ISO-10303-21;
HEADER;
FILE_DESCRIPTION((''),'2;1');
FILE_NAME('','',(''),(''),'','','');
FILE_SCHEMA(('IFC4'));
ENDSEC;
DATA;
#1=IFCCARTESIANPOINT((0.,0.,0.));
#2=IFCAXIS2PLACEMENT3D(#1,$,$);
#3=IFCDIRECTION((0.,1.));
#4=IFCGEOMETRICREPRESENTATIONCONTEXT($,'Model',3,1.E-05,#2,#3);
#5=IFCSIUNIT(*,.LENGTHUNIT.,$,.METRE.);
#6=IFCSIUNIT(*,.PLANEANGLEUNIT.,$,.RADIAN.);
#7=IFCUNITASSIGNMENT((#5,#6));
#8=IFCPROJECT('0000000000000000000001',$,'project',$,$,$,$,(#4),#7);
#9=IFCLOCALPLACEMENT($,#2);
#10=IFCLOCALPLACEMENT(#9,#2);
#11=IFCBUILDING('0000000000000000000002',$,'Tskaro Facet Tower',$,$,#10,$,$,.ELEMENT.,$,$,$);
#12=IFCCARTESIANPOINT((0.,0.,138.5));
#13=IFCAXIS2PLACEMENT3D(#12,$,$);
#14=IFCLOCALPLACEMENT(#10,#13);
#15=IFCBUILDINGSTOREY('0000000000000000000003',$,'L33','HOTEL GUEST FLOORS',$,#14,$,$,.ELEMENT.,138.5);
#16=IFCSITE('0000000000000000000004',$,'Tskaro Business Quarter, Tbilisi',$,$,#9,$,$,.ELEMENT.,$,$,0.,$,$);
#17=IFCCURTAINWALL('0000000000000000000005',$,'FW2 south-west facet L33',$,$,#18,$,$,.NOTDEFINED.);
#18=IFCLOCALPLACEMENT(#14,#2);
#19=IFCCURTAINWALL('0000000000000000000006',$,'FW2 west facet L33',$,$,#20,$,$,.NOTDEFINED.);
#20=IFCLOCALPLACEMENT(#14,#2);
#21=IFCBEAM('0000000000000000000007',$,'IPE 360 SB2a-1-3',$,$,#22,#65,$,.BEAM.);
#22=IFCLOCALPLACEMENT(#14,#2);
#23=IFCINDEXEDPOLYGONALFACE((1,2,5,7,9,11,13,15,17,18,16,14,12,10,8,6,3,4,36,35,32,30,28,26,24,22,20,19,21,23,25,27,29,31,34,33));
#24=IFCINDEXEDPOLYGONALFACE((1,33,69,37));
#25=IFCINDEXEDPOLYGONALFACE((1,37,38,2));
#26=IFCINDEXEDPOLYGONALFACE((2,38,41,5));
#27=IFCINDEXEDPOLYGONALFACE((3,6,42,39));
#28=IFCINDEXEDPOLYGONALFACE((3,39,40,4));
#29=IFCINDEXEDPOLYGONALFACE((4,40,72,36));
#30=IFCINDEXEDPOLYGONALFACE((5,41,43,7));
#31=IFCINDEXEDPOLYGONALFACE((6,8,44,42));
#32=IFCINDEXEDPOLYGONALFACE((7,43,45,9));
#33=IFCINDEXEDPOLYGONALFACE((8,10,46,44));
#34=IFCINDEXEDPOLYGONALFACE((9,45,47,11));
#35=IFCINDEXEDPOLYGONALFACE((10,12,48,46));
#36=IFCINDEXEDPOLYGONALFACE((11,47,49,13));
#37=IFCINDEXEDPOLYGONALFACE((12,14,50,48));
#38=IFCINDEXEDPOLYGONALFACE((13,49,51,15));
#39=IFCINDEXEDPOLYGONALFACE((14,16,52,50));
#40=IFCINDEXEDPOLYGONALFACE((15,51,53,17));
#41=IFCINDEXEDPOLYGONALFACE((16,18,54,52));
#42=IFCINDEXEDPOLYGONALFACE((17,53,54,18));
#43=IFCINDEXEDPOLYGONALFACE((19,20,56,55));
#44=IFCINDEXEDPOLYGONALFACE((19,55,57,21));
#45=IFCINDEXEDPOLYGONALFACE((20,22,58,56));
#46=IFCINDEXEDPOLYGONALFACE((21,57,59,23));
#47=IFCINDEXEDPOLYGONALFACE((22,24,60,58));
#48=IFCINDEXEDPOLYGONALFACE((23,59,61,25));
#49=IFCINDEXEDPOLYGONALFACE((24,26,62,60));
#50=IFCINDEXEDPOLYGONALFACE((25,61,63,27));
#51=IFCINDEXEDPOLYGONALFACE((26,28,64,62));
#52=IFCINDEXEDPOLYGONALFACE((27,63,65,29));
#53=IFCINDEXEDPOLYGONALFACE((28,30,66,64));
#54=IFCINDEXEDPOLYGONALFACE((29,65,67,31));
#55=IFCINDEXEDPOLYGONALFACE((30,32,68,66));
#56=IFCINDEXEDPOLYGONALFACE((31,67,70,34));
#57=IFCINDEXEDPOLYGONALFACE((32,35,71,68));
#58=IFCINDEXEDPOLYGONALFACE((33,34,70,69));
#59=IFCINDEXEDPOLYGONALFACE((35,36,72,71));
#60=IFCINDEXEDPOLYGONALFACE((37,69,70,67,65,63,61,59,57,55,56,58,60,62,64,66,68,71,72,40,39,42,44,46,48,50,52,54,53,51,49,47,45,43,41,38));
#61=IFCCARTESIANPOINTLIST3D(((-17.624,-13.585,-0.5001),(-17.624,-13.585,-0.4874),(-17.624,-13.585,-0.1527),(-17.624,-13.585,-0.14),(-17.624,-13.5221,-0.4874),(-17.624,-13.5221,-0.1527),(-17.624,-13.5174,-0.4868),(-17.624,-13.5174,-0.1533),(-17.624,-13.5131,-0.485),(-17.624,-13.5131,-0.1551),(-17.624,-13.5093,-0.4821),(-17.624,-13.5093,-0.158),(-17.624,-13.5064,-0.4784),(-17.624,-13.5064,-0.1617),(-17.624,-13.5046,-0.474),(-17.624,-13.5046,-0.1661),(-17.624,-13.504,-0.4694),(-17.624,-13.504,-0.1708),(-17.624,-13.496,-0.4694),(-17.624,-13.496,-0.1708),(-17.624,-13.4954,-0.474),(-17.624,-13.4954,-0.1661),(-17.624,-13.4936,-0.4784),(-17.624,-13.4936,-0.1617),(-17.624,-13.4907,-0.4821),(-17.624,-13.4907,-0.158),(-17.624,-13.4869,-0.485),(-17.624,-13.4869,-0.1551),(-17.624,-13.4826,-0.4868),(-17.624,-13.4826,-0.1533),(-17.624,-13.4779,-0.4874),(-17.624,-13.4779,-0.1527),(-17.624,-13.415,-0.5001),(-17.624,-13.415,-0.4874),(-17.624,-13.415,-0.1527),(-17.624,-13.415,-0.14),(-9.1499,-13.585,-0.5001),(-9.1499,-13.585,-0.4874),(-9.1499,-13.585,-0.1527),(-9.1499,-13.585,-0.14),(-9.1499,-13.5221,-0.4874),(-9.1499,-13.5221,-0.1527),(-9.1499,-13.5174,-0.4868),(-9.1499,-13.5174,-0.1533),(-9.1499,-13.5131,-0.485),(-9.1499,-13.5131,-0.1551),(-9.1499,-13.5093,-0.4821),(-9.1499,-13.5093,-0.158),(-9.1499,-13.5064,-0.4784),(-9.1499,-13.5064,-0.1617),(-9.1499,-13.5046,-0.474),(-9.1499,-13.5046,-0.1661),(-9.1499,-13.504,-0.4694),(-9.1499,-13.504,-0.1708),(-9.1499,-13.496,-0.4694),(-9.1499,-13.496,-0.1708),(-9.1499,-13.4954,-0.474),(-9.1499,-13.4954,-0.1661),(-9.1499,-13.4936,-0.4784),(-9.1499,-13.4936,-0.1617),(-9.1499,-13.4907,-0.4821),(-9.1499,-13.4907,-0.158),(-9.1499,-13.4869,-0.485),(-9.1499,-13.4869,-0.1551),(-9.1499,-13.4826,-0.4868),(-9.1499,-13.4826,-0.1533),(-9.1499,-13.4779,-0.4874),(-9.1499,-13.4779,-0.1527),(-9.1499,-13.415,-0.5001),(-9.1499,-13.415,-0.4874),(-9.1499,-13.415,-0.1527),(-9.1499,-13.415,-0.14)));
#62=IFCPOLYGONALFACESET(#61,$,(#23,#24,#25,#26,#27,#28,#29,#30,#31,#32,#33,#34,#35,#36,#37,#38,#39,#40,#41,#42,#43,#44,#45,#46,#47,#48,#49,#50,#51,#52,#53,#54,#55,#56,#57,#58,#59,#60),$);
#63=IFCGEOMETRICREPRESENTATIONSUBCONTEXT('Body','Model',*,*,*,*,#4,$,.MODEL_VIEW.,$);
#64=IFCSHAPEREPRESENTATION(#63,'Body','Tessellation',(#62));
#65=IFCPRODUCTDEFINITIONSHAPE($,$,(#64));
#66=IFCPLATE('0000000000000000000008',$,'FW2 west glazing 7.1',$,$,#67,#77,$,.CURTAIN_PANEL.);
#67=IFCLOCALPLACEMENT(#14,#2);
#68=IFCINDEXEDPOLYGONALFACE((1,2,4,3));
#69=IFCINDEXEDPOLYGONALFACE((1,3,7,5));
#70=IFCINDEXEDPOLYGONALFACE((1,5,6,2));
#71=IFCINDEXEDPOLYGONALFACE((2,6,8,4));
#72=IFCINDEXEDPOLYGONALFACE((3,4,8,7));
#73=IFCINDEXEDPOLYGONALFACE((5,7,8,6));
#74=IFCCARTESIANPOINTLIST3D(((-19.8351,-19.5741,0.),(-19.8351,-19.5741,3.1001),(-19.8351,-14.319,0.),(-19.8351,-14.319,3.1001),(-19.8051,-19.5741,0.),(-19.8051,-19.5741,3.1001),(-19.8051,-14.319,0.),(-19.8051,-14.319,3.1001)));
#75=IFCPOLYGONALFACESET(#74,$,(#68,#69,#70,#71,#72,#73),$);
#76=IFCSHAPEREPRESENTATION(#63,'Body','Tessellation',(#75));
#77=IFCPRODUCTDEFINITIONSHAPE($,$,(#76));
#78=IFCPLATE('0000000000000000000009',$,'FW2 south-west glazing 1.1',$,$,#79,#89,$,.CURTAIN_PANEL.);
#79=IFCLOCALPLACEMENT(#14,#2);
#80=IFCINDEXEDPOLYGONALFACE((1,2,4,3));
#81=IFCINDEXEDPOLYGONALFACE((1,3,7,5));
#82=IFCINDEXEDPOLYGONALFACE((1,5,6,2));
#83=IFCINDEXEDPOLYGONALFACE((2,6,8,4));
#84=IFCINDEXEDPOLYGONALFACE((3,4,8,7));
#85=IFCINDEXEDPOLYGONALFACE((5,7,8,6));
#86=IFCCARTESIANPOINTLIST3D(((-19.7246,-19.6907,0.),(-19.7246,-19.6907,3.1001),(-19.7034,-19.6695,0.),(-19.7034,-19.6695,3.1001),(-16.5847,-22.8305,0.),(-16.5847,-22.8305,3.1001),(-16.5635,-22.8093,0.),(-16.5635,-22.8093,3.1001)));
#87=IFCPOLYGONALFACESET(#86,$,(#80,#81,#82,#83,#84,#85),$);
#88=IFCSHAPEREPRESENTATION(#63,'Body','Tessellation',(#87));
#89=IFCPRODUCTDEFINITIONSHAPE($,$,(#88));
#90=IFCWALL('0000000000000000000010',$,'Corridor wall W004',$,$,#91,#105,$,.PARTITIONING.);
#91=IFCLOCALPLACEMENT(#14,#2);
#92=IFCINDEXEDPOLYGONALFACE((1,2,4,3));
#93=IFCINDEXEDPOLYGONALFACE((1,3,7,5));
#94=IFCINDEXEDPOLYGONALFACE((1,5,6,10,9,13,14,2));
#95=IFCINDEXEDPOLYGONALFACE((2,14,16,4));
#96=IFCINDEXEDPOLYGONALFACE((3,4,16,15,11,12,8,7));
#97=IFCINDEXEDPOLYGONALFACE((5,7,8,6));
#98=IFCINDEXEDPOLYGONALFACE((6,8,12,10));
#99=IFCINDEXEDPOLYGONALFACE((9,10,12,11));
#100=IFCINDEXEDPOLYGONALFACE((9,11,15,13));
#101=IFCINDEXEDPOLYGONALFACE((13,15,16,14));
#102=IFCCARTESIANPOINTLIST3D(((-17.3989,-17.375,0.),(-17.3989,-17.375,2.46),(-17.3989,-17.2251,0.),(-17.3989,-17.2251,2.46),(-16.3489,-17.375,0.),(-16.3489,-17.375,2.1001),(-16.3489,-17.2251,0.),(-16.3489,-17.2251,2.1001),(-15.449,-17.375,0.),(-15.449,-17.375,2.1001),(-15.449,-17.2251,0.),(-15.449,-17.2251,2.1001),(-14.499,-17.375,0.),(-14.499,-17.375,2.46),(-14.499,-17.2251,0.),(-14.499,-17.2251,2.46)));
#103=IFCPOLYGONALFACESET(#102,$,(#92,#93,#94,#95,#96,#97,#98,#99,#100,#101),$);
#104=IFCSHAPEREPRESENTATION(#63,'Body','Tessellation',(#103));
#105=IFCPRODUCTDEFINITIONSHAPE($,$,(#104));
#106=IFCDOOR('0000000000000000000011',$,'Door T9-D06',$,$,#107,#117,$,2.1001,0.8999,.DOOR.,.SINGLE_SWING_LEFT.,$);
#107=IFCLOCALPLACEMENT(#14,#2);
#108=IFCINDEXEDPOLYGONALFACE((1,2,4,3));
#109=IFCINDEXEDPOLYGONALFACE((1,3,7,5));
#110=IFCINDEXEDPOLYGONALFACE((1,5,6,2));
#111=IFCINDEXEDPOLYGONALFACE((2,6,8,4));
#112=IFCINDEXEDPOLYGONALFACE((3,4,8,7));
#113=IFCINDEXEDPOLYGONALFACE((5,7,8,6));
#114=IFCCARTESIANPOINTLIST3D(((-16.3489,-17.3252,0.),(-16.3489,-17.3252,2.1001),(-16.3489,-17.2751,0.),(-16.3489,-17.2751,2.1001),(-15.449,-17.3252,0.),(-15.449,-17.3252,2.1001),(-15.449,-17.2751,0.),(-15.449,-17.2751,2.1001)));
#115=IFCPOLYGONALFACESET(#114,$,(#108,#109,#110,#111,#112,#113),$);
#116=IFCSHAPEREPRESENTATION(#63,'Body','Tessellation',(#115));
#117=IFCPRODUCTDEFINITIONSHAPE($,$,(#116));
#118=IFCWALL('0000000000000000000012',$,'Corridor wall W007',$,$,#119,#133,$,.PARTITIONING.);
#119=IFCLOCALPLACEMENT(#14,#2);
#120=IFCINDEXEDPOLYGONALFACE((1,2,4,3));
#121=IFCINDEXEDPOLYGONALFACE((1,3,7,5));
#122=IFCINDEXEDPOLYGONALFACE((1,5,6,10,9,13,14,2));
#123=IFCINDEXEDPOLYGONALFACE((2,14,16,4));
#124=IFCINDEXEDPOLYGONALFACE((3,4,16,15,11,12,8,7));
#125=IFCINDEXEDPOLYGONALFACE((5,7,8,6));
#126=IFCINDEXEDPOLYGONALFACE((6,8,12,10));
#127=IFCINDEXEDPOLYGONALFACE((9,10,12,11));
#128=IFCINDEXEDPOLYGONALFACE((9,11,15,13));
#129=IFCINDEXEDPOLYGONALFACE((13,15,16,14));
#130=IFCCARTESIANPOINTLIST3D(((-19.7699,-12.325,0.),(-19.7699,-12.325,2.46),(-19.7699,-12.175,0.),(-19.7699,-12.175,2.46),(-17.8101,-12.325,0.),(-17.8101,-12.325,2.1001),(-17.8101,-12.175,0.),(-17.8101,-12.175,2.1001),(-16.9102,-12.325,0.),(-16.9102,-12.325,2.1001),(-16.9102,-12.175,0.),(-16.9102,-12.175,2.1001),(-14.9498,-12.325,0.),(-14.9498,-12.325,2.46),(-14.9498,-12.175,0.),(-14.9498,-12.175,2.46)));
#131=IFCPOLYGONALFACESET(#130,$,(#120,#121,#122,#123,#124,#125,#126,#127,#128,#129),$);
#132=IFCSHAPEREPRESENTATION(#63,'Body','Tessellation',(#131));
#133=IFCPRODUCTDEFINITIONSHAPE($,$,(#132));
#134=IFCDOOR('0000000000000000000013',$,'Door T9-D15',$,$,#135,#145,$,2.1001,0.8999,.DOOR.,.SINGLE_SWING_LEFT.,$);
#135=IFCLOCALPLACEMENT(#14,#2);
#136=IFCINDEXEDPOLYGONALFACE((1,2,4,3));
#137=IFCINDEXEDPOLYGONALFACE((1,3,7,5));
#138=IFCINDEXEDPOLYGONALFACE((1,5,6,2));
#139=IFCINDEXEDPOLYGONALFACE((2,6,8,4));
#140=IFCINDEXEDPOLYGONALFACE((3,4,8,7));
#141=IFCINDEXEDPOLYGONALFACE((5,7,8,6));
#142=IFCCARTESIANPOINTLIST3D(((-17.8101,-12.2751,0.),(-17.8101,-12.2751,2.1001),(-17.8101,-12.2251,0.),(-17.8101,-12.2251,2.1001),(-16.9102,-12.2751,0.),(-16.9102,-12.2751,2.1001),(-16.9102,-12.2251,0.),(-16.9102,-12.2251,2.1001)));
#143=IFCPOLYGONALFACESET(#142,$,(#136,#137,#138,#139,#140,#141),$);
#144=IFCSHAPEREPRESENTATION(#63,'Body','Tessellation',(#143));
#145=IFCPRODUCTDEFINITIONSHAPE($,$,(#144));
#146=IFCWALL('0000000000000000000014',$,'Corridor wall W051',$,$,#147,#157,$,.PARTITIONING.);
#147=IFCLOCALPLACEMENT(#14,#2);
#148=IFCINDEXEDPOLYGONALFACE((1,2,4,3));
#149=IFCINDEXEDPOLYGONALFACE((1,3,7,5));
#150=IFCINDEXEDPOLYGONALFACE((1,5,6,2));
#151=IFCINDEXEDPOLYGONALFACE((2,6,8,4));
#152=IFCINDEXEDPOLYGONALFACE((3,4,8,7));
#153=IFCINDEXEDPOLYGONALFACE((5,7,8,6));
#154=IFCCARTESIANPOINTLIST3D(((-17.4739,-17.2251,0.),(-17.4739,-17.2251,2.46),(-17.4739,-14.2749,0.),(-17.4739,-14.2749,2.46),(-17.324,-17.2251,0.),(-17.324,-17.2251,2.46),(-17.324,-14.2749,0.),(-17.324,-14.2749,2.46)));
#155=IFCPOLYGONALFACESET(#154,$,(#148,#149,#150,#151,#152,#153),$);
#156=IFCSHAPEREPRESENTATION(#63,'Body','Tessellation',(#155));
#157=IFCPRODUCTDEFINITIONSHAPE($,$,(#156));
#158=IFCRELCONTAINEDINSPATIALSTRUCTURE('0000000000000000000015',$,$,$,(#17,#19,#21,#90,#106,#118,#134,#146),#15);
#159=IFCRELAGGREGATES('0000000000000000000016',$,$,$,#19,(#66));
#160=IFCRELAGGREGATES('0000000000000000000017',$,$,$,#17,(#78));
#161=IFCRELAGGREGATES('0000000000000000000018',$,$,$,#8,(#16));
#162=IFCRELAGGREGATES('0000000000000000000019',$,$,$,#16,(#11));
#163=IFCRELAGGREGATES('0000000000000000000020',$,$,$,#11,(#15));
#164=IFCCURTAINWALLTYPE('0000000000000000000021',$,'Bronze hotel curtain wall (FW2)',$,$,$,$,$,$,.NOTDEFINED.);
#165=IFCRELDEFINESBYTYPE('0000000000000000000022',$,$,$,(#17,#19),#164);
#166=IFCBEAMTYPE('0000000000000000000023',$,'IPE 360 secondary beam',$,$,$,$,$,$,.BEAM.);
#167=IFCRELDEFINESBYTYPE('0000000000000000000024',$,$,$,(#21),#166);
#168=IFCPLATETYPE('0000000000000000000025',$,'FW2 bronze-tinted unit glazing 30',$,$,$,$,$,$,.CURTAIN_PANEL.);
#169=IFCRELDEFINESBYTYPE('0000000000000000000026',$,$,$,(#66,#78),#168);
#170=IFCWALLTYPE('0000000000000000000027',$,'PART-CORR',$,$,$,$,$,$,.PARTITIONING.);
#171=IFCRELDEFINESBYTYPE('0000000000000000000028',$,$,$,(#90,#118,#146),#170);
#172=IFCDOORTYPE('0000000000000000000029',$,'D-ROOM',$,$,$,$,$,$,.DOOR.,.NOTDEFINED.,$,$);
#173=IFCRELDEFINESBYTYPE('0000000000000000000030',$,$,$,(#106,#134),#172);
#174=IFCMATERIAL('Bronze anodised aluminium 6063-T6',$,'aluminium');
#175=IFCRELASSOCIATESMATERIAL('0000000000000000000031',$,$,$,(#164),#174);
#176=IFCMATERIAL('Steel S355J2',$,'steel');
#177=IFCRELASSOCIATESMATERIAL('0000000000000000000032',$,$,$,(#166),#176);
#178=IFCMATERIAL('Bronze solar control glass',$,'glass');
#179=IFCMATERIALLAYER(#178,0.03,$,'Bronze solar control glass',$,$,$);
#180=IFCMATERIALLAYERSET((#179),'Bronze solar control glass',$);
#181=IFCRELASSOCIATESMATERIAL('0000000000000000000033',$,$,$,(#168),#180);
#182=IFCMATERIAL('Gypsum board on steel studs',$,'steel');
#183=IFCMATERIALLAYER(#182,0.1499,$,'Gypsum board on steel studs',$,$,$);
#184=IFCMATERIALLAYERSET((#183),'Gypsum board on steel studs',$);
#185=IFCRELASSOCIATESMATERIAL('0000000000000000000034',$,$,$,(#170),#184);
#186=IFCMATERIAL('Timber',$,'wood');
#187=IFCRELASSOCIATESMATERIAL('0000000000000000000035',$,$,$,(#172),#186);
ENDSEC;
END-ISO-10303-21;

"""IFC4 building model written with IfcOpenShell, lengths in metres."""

from ifc_helpers import new_model, si_unit, direction, frame, frame_2d, origin, origin_2d, place, context, subcontext, project, spatial, rectangle, i_section, extrude, material, layer, layer_set, material_profile, profile_set, type_object, element, fill, aggregate, save


model = new_model("IFC4")

# Units and contexts
model_context = context("Model", 3, precision=1e-05, world=origin(), true_north=direction((0.0, 1.0)))
body_context = subcontext(model_context, "Body", "Model", "MODEL_VIEW")
ifc_project = project(units=[si_unit("LENGTHUNIT", "METRE"), si_unit("PLANEANGLEUNIT", "RADIAN")], contexts=[model_context])

# Site, building, storey
site_placement = place(None, origin())
site = spatial("IfcSite", under=ifc_project, at=site_placement, Name="Tskaro Business Quarter, Tbilisi", CompositionType="ELEMENT", RefElevation=0.0)
building_placement = place(site_placement, origin())
building = spatial("IfcBuilding", under=site, at=building_placement, Name="Tskaro Facet Tower", CompositionType="ELEMENT")
storey_placement = place(building_placement, frame((0.0, 0.0, 138.5)))
storey = spatial("IfcBuildingStorey", under=building, at=storey_placement, Name="L33", Description="HOTEL GUEST FLOORS", CompositionType="ELEMENT", Elevation=138.5)

# Curtain walls
ifc_material_1 = material(Name="Bronze anodised aluminium 6063-T6", Category="aluminium")
curtain_wall_type = type_object("IfcCurtainWallType", Name="Bronze hotel curtain wall (FW2)", PredefinedType="NOTDEFINED", material=ifc_material_1)
curtain_wall_1_placement = place(storey_placement, origin())
curtain_wall_1 = element("IfcCurtainWall", 1, at=curtain_wall_1_placement, inside=storey, type_object=curtain_wall_type, Name="FW2 south-west facet L33", PredefinedType="NOTDEFINED")
curtain_wall_2_placement = place(storey_placement, origin())
curtain_wall_2 = element("IfcCurtainWall", 2, at=curtain_wall_2_placement, inside=storey, type_object=curtain_wall_type, Name="FW2 west facet L33", PredefinedType="NOTDEFINED")

# Beam
ifc_material_2 = material(Name="Steel S355J2", Category="steel")
ifc_material_profile_1 = material_profile(ifc_material_2, i_section(OverallWidth=0.1699, OverallDepth=0.3601, WebThickness=0.0081, FlangeThickness=0.0127, FilletRadius=0.0181, at=origin_2d()), Name="IPE 360")
ifc_profile_set_1 = profile_set([ifc_material_profile_1], Name="Steel S355J2")
beam_type_1 = type_object("IfcBeamType", Name="IPE 360 secondary beam", PredefinedType="BEAM", material=ifc_profile_set_1)
beam_1_placement = place(storey_placement, frame((-17.624, -13.5, -0.3201), z_axis=(1.0, 0.0, 0.0), x_axis=(0.0, 1.0, 0.0)))
element("IfcBeam", 3, at=beam_1_placement, inside=storey, type_object=beam_type_1, Name="IPE 360 SB2a-1-3", PredefinedType="BEAM", context=body_context, shape_type="SweptSolid", body=[
    extrude(i_section(OverallWidth=0.1699, OverallDepth=0.3601, WebThickness=0.0081, FlangeThickness=0.0127, FilletRadius=0.0181, at=origin_2d()), origin(), (0.0, 0.0, 1.0), 8.4741),
])

# Plates
ifc_material_3 = material(Name="Bronze solar control glass", Category="glass")
ifc_layer_1 = layer(ifc_material_3, 0.03, Name="Bronze solar control glass")
ifc_layer_set_1 = layer_set([ifc_layer_1], Name="Bronze solar control glass")
plate_type = type_object("IfcPlateType", Name="FW2 bronze-tinted unit glazing 30", PredefinedType="CURTAIN_PANEL", material=ifc_layer_set_1)
plate_1_placement = place(storey_placement, frame((-19.8201, -16.9465, 0.0), z_axis=(0.0, 0.0, 1.0), x_axis=(0.0, -1.0, 0.0)))
plate_1 = element("IfcPlate", 4, at=plate_1_placement, type_object=plate_type, Name="FW2 west glazing 7.1", PredefinedType="CURTAIN_PANEL", context=body_context, shape_type="SweptSolid", body=[
    extrude(rectangle(XDim=5.2551, YDim=0.03, at=origin_2d()), origin(), (0.0, 0.0, 1.0), 3.1001),
])
aggregate(curtain_wall_2, [plate_1])
plate_2_placement = place(storey_placement, frame((-18.144, -21.25, 0.0), z_axis=(0.0, 0.0, 1.0), x_axis=(0.707107, -0.707107, 0.0)))
plate_2 = element("IfcPlate", 5, at=plate_2_placement, type_object=plate_type, Name="FW2 south-west glazing 1.1", PredefinedType="CURTAIN_PANEL", context=body_context, shape_type="SweptSolid", body=[
    extrude(rectangle(XDim=4.4404, YDim=0.03, at=origin_2d()), origin(), (0.0, 0.0, 1.0), 3.1001),
])
aggregate(curtain_wall_1, [plate_2])

# Walls, openings, doors
ifc_material_4 = material(Name="Gypsum board on steel studs", Category="steel")
ifc_layer_2 = layer(ifc_material_4, 0.1499, Name="Gypsum board on steel studs")
ifc_layer_set_2 = layer_set([ifc_layer_2], Name="Gypsum board on steel studs")
wall_type_1 = type_object("IfcWallType", Name="PART-CORR", PredefinedType="PARTITIONING", material=ifc_layer_set_2)
wall_1_placement = place(storey_placement, frame((-17.3989, -17.3, 0.0), z_axis=(0.0, 0.0, 1.0), x_axis=(1.0, 0.0, 0.0)))
wall_1 = element("IfcWall", 6, at=wall_1_placement, inside=storey, type_object=wall_type_1, Name="Corridor wall W004", PredefinedType="PARTITIONING", context=body_context, shape_type="SweptSolid", body=[
    extrude(rectangle(XDim=2.8999, YDim=0.1499, at=frame_2d((1.45, 0.0))), origin(), (0.0, 0.0, 1.0), 2.46),
])
opening_1_placement = place(wall_1_placement, frame((1.05, 0.0, 0.0)))
opening_1 = element("IfcOpeningElement", 7, at=opening_1_placement, cuts=wall_1, PredefinedType="OPENING", context=body_context, shape_type="SweptSolid", body=[
    extrude(rectangle(XDim=0.8999, YDim=2.1001, at=frame_2d((0.45, 1.05))), frame((0.0, 0.085, 0.0), z_axis=(0.0, -1.0, 0.0), x_axis=(1.0, 0.0, 0.0)), (0.0, 0.0, 1.0), 0.1699),
])
ifc_material_5 = material(Name="Timber", Category="wood")
door_type_1 = type_object("IfcDoorType", Name="D-ROOM", OperationType="NOTDEFINED", PredefinedType="DOOR", material=ifc_material_5)
door_1_placement = place(opening_1_placement, origin())
door_1 = element("IfcDoor", 8, at=door_1_placement, inside=storey, type_object=door_type_1, Name="Door T9-D06", OperationType="SINGLE_SWING_LEFT", OverallHeight=2.1001, OverallWidth=0.8999, PredefinedType="DOOR", context=body_context, shape_type="SweptSolid", body=[
    extrude(rectangle(XDim=0.8999, YDim=2.1001, at=frame_2d((0.45, 1.05))), frame((0.0, 0.0249, 0.0), z_axis=(0.0, -1.0, 0.0), x_axis=(1.0, 0.0, 0.0)), (0.0, 0.0, 1.0), 0.05),
])
fill(opening_1, door_1)
wall_2_placement = place(storey_placement, frame((-19.77, -12.25, 0.0), z_axis=(0.0, 0.0, 1.0), x_axis=(1.0, 0.0, 0.0)))
wall_2 = element("IfcWall", 9, at=wall_2_placement, inside=storey, type_object=wall_type_1, Name="Corridor wall W007", PredefinedType="PARTITIONING", context=body_context, shape_type="SweptSolid", body=[
    extrude(rectangle(XDim=4.8201, YDim=0.1499, at=frame_2d((2.4102, 0.0))), origin(), (0.0, 0.0, 1.0), 2.46),
])
opening_2_placement = place(wall_2_placement, frame((1.96, 0.0, 0.0)))
opening_2 = element("IfcOpeningElement", 10, at=opening_2_placement, cuts=wall_2, PredefinedType="OPENING", context=body_context, shape_type="SweptSolid", body=[
    extrude(rectangle(XDim=0.8999, YDim=2.1001, at=frame_2d((0.45, 1.05))), frame((0.0, 0.085, 0.0), z_axis=(0.0, -1.0, 0.0), x_axis=(1.0, 0.0, 0.0)), (0.0, 0.0, 1.0), 0.1699),
])
door_2_placement = place(opening_2_placement, origin())
door_2 = element("IfcDoor", 11, at=door_2_placement, inside=storey, type_object=door_type_1, Name="Door T9-D15", OperationType="SINGLE_SWING_LEFT", OverallHeight=2.1001, OverallWidth=0.8999, PredefinedType="DOOR", context=body_context, shape_type="SweptSolid", body=[
    extrude(rectangle(XDim=0.8999, YDim=2.1001, at=frame_2d((0.45, 1.05))), frame((0.0, 0.0249, 0.0), z_axis=(0.0, -1.0, 0.0), x_axis=(1.0, 0.0, 0.0)), (0.0, 0.0, 1.0), 0.05),
])
fill(opening_2, door_2)

# Wall
wall_3_placement = place(storey_placement, frame((-17.3989, -17.2251, 0.0), z_axis=(0.0, 0.0, 1.0), x_axis=(0.0, 1.0, 0.0)))
element("IfcWall", 12, at=wall_3_placement, inside=storey, type_object=wall_type_1, Name="Corridor wall W051", PredefinedType="PARTITIONING", context=body_context, shape_type="SweptSolid", body=[
    extrude(rectangle(XDim=2.9502, YDim=0.1499, at=frame_2d((1.4751, 0.0))), origin(), (0.0, 0.0, 1.0), 2.46),
])

save(model, "model.ifc")
